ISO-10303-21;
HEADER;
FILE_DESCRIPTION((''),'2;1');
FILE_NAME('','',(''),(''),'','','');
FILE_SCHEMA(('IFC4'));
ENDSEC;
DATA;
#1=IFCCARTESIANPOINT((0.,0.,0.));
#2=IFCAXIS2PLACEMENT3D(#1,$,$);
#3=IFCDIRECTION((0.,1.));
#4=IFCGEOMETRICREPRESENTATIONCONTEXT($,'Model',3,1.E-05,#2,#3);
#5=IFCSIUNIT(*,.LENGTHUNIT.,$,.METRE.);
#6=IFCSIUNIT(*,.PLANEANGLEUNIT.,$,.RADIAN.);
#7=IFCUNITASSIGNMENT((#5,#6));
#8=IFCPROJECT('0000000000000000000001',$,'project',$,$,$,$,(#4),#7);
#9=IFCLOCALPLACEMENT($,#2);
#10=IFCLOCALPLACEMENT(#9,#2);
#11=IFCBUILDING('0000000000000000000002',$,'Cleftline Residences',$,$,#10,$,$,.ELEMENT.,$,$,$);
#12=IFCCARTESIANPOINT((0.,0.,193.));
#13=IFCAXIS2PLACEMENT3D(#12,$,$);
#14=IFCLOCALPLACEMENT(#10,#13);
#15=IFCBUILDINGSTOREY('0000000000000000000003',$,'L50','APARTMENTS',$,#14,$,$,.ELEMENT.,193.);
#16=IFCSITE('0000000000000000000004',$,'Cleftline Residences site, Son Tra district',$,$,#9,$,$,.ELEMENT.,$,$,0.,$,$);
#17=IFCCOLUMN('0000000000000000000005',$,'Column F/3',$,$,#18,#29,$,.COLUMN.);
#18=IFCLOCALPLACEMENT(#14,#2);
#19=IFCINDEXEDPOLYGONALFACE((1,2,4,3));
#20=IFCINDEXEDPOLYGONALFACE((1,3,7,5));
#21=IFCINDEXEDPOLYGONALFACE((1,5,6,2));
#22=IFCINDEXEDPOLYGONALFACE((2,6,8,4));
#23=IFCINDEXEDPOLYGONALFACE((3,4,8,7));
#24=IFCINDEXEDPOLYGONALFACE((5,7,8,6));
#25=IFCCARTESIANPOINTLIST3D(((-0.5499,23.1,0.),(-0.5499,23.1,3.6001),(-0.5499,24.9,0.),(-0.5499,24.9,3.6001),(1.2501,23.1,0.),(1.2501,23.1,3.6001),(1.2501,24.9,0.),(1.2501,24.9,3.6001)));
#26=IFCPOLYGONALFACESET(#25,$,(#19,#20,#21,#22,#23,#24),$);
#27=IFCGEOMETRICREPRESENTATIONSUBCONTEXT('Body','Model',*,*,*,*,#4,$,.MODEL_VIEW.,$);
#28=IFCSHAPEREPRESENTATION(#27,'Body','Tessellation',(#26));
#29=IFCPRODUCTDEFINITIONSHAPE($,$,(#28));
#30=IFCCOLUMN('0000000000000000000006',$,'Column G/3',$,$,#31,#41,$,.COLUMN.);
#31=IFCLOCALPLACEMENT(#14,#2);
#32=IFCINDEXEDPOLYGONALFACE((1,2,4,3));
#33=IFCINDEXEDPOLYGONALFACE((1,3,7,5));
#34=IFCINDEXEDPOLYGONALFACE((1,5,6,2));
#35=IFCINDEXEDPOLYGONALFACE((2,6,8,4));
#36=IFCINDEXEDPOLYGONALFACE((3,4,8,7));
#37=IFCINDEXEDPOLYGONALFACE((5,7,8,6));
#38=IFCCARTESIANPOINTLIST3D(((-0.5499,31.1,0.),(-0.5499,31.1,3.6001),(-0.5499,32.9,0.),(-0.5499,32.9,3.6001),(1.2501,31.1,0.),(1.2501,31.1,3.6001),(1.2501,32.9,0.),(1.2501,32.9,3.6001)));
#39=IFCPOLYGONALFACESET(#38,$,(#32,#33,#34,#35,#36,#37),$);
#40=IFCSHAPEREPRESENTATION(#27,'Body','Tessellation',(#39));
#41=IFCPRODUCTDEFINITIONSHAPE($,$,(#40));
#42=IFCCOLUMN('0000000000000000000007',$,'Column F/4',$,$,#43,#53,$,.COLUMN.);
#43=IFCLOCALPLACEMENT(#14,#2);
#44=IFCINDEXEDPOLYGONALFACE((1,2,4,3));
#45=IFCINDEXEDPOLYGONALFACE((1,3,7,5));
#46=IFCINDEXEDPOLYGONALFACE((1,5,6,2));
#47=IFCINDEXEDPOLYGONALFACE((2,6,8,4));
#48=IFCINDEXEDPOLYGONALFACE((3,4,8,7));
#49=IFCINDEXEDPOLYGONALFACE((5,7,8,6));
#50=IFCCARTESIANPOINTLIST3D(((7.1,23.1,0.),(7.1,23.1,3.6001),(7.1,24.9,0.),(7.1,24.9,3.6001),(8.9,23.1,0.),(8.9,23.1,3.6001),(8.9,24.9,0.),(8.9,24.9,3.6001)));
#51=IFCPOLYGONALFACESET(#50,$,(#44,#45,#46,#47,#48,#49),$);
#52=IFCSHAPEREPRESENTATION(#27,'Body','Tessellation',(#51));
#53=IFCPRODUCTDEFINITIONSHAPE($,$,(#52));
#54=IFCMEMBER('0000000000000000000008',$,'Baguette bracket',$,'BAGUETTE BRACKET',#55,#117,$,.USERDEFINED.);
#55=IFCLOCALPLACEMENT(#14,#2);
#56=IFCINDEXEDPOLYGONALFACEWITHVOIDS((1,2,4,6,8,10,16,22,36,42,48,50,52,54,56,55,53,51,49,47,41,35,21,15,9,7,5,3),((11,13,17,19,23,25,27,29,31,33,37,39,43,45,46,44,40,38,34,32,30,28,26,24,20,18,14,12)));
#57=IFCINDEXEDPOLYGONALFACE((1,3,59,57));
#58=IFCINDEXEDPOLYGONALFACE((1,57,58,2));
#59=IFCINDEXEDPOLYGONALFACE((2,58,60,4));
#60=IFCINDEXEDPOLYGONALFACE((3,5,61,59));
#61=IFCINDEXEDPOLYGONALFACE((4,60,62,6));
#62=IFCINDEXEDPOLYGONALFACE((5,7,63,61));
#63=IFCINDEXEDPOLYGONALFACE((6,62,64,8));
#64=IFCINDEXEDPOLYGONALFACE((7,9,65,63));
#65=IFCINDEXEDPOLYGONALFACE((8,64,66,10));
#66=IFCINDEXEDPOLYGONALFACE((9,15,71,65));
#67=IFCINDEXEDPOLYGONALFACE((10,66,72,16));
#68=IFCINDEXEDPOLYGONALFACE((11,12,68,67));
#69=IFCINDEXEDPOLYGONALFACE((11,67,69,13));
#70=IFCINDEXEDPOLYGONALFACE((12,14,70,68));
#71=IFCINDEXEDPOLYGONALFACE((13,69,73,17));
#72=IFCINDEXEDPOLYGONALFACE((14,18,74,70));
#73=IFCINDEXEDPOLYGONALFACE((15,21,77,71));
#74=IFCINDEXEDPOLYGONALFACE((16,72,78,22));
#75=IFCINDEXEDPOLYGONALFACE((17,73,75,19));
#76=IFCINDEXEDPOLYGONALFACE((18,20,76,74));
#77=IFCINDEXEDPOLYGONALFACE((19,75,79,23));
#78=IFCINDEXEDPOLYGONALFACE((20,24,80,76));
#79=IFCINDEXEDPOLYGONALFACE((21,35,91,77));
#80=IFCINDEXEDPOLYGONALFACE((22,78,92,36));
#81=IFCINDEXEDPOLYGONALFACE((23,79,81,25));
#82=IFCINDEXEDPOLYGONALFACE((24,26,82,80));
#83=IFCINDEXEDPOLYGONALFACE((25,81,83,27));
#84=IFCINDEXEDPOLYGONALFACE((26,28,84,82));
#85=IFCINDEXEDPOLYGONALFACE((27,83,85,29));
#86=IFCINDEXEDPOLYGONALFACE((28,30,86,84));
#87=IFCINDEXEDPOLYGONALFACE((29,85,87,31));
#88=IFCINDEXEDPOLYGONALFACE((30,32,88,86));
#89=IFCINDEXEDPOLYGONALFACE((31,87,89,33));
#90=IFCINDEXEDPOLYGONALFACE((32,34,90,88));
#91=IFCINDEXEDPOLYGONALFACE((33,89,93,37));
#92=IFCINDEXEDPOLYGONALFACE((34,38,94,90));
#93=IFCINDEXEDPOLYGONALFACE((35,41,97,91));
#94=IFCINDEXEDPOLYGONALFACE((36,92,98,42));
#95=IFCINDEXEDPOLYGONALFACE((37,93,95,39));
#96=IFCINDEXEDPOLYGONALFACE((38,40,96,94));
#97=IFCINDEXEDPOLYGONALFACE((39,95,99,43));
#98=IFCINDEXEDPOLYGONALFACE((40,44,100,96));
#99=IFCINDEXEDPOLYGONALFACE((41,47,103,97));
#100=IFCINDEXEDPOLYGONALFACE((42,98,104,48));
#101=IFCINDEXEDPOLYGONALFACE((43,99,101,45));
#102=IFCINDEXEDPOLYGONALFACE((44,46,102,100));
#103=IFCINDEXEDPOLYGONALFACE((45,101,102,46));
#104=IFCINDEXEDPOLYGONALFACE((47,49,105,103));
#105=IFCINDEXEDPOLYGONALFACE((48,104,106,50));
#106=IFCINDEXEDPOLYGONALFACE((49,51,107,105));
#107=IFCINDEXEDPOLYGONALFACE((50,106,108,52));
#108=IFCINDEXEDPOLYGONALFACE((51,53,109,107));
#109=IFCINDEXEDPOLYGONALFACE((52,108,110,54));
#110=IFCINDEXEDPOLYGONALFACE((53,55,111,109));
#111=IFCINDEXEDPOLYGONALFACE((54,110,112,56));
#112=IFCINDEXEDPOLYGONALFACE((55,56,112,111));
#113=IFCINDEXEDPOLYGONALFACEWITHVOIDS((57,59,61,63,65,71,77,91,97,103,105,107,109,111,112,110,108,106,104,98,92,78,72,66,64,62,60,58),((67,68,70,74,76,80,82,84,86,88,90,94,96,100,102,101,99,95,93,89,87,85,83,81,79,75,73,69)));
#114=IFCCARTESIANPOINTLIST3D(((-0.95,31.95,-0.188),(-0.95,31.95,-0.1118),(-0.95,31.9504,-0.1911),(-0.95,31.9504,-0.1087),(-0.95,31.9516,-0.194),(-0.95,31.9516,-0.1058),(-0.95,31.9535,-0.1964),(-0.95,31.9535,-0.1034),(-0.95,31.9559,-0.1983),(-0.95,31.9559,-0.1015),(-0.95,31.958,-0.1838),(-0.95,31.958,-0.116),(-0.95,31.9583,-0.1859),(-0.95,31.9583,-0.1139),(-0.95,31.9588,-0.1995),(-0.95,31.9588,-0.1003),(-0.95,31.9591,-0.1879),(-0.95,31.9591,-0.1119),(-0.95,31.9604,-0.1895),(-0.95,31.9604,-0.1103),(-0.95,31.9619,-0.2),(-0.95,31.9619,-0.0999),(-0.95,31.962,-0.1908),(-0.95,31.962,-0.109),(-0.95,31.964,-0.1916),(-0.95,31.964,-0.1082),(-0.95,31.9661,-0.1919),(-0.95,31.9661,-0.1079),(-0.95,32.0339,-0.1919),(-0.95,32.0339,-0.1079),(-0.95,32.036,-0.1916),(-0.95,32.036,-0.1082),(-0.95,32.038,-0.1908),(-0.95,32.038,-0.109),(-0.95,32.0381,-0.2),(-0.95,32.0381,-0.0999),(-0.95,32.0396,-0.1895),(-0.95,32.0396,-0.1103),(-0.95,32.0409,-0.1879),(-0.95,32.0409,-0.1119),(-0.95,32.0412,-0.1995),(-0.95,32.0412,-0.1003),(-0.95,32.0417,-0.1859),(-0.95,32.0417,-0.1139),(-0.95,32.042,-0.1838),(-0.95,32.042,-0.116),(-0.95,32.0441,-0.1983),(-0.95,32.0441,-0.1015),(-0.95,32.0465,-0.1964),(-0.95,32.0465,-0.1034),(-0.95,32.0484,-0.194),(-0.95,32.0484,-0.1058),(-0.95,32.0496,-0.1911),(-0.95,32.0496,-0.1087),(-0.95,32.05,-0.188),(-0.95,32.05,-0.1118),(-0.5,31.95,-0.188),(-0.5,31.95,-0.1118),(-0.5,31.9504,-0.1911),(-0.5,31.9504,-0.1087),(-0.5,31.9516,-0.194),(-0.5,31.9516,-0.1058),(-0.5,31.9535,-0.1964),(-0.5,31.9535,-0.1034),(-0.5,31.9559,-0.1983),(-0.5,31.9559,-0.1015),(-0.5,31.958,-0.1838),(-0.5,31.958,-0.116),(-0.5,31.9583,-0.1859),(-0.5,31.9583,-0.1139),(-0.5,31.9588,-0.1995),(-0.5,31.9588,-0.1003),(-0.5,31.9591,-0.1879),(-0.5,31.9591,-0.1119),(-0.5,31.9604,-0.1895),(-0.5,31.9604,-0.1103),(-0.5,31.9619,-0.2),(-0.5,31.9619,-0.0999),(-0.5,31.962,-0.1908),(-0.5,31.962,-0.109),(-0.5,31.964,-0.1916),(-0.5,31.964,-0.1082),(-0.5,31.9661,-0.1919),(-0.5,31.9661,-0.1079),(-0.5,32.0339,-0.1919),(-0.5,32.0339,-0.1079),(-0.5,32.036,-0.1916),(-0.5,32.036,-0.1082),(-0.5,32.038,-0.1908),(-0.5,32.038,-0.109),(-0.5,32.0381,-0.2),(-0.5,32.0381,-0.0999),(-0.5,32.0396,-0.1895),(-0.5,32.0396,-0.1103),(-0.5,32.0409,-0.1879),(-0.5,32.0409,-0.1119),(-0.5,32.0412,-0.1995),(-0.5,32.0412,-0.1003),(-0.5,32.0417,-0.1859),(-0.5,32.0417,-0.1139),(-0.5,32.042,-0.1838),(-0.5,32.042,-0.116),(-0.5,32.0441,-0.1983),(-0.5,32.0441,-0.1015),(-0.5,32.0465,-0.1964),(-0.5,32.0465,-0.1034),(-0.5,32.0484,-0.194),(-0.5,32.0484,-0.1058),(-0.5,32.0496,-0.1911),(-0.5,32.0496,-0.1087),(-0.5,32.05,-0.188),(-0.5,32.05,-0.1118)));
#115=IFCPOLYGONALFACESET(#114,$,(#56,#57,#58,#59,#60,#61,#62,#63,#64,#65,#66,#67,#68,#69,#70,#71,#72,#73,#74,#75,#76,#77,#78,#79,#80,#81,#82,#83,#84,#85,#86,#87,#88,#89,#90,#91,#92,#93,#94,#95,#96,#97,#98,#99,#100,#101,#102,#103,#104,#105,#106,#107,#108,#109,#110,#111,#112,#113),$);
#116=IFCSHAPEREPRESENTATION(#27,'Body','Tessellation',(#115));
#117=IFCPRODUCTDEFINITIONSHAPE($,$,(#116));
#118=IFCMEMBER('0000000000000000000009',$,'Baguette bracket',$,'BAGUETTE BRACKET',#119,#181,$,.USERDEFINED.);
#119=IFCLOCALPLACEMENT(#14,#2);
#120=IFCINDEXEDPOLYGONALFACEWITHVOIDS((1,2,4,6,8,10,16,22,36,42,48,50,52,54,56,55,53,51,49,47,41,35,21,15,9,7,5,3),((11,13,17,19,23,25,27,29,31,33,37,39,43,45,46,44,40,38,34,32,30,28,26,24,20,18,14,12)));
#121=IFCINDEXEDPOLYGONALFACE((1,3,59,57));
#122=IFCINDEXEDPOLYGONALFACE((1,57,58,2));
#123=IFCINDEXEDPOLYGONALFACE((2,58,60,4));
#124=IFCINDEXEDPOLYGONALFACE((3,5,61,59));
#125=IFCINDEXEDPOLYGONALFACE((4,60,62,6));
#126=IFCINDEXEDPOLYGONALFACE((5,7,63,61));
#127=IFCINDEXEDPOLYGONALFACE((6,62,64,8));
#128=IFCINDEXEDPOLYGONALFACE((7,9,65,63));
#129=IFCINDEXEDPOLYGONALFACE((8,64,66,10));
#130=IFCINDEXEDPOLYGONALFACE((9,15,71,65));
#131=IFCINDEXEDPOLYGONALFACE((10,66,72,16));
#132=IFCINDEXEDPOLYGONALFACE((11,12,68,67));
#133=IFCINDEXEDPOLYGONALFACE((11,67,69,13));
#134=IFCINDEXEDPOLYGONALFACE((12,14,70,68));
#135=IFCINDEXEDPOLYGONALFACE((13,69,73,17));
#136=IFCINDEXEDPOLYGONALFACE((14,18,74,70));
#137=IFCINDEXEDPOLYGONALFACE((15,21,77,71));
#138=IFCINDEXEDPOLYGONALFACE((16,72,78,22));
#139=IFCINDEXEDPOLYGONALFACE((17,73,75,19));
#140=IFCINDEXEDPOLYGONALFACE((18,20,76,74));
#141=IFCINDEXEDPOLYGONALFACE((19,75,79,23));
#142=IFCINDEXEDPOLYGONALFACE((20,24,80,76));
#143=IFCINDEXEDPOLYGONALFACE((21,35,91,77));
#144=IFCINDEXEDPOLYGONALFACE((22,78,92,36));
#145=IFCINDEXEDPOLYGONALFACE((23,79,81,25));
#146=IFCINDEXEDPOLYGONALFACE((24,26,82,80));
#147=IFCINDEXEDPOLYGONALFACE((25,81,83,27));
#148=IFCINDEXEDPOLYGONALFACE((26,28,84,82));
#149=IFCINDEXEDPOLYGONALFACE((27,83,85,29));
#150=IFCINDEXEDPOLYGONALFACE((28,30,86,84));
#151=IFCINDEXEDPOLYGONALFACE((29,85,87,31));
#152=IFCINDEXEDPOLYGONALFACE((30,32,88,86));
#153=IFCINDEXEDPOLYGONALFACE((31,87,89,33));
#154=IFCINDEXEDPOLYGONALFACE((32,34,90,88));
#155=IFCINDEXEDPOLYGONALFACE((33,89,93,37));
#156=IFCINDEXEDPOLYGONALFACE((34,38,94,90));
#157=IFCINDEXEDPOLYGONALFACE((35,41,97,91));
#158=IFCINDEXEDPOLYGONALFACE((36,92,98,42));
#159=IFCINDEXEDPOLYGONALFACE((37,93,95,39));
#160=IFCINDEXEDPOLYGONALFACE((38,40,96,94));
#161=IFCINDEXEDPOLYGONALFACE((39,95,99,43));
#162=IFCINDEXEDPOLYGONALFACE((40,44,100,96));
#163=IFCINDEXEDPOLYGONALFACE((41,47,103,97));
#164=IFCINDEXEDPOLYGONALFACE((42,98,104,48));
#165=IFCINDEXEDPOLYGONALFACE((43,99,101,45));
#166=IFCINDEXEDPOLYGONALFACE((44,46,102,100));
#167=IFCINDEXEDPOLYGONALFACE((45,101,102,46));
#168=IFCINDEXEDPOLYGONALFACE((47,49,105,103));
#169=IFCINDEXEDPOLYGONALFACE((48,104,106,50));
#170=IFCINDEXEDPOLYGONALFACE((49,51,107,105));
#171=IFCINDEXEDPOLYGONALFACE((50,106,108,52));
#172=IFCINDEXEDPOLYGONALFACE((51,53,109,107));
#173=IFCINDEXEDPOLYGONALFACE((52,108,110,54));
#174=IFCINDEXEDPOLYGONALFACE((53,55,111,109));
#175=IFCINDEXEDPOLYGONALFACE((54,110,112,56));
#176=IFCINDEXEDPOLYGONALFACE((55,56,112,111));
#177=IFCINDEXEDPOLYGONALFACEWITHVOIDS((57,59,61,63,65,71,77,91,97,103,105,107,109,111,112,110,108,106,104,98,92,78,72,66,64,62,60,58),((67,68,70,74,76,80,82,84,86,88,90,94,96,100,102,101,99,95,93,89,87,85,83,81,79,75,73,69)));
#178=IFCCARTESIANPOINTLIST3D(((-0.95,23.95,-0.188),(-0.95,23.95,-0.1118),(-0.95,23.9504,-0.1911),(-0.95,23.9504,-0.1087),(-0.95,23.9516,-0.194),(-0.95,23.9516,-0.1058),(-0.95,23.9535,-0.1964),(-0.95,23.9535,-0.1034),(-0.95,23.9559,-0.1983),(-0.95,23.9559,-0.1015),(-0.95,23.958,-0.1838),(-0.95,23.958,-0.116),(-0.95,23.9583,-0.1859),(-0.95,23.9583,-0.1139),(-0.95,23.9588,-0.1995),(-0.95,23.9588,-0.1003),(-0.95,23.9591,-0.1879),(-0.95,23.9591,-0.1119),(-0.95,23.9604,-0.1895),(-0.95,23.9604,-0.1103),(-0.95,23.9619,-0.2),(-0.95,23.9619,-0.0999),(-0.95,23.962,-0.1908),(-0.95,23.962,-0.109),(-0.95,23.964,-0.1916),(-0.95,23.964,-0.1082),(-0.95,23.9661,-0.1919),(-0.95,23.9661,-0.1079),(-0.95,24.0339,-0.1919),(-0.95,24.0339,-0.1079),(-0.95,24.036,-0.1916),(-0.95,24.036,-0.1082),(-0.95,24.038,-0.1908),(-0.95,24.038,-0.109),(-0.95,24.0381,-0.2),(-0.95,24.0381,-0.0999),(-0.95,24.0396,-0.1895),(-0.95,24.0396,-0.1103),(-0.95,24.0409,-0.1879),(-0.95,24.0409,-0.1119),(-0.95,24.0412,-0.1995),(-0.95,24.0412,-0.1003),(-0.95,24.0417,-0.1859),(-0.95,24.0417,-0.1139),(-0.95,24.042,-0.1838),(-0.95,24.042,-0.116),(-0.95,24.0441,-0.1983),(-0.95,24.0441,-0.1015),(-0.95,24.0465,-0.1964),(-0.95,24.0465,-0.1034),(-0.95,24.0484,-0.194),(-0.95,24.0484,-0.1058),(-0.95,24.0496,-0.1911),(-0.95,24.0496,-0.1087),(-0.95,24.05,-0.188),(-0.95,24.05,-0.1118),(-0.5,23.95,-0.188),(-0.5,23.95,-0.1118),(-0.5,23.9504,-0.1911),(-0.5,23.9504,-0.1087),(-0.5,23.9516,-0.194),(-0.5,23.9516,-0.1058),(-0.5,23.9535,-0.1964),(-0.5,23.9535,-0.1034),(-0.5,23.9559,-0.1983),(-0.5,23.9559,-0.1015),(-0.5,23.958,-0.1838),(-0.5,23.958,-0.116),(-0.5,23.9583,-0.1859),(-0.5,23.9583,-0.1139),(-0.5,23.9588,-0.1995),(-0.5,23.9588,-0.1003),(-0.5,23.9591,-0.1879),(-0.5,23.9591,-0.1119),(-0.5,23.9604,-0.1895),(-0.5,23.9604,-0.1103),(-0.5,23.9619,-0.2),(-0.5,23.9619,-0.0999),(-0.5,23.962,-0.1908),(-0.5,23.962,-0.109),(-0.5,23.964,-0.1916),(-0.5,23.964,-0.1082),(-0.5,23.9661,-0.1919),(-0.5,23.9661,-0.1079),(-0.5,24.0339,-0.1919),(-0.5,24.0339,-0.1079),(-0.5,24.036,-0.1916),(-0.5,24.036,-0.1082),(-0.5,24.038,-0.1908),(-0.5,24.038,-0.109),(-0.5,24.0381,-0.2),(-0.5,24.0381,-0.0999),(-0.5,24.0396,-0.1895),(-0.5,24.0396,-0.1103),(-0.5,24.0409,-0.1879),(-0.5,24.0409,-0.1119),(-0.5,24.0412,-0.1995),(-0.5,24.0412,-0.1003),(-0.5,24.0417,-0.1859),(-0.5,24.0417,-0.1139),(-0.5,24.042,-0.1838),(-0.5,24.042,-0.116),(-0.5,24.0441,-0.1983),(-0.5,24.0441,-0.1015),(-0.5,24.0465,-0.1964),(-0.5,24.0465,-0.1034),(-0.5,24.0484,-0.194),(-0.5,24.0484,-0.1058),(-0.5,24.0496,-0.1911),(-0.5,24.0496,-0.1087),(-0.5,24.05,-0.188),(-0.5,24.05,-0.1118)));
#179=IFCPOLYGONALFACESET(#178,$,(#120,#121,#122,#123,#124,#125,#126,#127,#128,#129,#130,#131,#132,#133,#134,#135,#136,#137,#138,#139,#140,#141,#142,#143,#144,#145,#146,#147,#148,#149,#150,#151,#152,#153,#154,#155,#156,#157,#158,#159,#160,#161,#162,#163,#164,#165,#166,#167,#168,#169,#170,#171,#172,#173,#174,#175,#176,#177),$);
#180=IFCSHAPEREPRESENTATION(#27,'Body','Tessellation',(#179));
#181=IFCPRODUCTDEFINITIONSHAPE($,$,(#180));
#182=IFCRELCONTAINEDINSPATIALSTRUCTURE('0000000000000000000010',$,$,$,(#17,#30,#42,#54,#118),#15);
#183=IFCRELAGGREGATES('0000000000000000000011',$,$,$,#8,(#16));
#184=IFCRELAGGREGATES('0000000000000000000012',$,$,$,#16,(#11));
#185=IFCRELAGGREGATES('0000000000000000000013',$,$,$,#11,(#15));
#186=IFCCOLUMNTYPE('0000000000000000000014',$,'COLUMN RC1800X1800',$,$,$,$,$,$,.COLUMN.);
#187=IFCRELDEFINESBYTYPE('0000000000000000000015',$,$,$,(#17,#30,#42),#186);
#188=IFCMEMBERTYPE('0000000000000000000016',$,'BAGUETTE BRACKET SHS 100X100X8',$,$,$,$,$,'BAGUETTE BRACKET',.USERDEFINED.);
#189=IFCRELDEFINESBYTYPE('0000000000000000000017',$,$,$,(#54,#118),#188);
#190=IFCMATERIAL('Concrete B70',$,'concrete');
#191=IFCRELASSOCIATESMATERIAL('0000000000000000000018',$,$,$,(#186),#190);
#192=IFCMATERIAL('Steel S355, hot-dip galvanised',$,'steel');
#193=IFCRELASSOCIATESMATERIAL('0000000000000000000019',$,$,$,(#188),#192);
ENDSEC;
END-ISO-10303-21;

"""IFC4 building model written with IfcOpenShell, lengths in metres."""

from ifc_helpers import new_model, si_unit, direction, frame, origin, origin_2d, place, context, subcontext, project, spatial, rectangle, hollow_rectangle, extrude, material, material_profile, profile_set, type_object, element, save


model = new_model("IFC4")

# Units and contexts
model_context = context("Model", 3, precision=1e-05, world=origin(), true_north=direction((0.0, 1.0)))
body_context = subcontext(model_context, "Body", "Model", "MODEL_VIEW")
ifc_project = project(units=[si_unit("LENGTHUNIT", "METRE"), si_unit("PLANEANGLEUNIT", "RADIAN")], contexts=[model_context])

# Site, building, storey
site_placement = place(None, origin())
site = spatial("IfcSite", under=ifc_project, at=site_placement, Name="Cleftline Residences site, Son Tra district", CompositionType="ELEMENT", RefElevation=0.0)
building_placement = place(site_placement, origin())
building = spatial("IfcBuilding", under=site, at=building_placement, Name="Cleftline Residences", CompositionType="ELEMENT")
storey_placement = place(building_placement, frame((0.0, 0.0, 193.0)))
storey = spatial("IfcBuildingStorey", under=building, at=storey_placement, Name="L50", Description="APARTMENTS", CompositionType="ELEMENT", Elevation=193.0)

# Columns
ifc_material_1 = material(Name="Concrete B70", Category="concrete")
ifc_material_profile_1 = material_profile(ifc_material_1, rectangle(XDim=1.8, YDim=1.8, at=origin_2d()))
ifc_profile_set_1 = profile_set([ifc_material_profile_1], Name="Concrete B70")
column_type = type_object("IfcColumnType", Name="COLUMN RC1800X1800", PredefinedType="COLUMN", material=ifc_profile_set_1)
for number, where, z_axis, x_axis, name in (
    (1, (0.3501, 24.0, 0.0), (0.0, 0.0, 1.0), (1.0, 0.0, 0.0), "Column F/3"),
    (2, (0.3501, 32.0, 0.0), (0.0, 0.0, 1.0), (1.0, 0.0, 0.0), "Column G/3"),
    (3, (8.0, 24.0, 0.0), (0.0, 0.0, 1.0), (1.0, 0.0, 0.0), "Column F/4"),
):
    element("IfcColumn", number, at=place(storey_placement, frame(where, z_axis=z_axis, x_axis=x_axis)), inside=storey, type_object=column_type, Name=name, PredefinedType="COLUMN", context=body_context, shape_type="SweptSolid", body=[
        extrude(rectangle(XDim=1.8, YDim=1.8, at=origin_2d()), origin(), (0.0, 0.0, 1.0), 3.6001),
    ])

# Members
ifc_material_2 = material(Name="Steel S355, hot-dip galvanised", Category="steel")
ifc_material_profile_2 = material_profile(ifc_material_2, hollow_rectangle(XDim=0.1001, YDim=0.1001, WallThickness=0.0081, InnerFilletRadius=0.0081, OuterFilletRadius=0.012, at=origin_2d()))
ifc_profile_set_2 = profile_set([ifc_material_profile_2], Name="Steel S355, hot-dip galvanised")
member_type_1 = type_object("IfcMemberType", Name="BAGUETTE BRACKET SHS 100X100X8", ElementType="BAGUETTE BRACKET", PredefinedType="USERDEFINED", material=ifc_profile_set_2)
for number, where, z_axis, x_axis, name in (
    (4, (-0.5, 32.0, -0.1499), (-1.0, 0.0, 0.0), (0.0, -1.0, 0.0), "Baguette bracket"),
    (5, (-0.5, 24.0, -0.1499), (-1.0, 0.0, 0.0), (0.0, -1.0, 0.0), "Baguette bracket"),
):
    element("IfcMember", number, at=place(storey_placement, frame(where, z_axis=z_axis, x_axis=x_axis)), inside=storey, type_object=member_type_1, Name=name, ObjectType="BAGUETTE BRACKET", PredefinedType="USERDEFINED", context=body_context, shape_type="SweptSolid", body=[
        extrude(hollow_rectangle(XDim=0.1001, YDim=0.1001, WallThickness=0.0081, InnerFilletRadius=0.0081, OuterFilletRadius=0.012, at=origin_2d()), origin(), (0.0, 0.0, 1.0), 0.45),
    ])

save(model, "model.ifc")
